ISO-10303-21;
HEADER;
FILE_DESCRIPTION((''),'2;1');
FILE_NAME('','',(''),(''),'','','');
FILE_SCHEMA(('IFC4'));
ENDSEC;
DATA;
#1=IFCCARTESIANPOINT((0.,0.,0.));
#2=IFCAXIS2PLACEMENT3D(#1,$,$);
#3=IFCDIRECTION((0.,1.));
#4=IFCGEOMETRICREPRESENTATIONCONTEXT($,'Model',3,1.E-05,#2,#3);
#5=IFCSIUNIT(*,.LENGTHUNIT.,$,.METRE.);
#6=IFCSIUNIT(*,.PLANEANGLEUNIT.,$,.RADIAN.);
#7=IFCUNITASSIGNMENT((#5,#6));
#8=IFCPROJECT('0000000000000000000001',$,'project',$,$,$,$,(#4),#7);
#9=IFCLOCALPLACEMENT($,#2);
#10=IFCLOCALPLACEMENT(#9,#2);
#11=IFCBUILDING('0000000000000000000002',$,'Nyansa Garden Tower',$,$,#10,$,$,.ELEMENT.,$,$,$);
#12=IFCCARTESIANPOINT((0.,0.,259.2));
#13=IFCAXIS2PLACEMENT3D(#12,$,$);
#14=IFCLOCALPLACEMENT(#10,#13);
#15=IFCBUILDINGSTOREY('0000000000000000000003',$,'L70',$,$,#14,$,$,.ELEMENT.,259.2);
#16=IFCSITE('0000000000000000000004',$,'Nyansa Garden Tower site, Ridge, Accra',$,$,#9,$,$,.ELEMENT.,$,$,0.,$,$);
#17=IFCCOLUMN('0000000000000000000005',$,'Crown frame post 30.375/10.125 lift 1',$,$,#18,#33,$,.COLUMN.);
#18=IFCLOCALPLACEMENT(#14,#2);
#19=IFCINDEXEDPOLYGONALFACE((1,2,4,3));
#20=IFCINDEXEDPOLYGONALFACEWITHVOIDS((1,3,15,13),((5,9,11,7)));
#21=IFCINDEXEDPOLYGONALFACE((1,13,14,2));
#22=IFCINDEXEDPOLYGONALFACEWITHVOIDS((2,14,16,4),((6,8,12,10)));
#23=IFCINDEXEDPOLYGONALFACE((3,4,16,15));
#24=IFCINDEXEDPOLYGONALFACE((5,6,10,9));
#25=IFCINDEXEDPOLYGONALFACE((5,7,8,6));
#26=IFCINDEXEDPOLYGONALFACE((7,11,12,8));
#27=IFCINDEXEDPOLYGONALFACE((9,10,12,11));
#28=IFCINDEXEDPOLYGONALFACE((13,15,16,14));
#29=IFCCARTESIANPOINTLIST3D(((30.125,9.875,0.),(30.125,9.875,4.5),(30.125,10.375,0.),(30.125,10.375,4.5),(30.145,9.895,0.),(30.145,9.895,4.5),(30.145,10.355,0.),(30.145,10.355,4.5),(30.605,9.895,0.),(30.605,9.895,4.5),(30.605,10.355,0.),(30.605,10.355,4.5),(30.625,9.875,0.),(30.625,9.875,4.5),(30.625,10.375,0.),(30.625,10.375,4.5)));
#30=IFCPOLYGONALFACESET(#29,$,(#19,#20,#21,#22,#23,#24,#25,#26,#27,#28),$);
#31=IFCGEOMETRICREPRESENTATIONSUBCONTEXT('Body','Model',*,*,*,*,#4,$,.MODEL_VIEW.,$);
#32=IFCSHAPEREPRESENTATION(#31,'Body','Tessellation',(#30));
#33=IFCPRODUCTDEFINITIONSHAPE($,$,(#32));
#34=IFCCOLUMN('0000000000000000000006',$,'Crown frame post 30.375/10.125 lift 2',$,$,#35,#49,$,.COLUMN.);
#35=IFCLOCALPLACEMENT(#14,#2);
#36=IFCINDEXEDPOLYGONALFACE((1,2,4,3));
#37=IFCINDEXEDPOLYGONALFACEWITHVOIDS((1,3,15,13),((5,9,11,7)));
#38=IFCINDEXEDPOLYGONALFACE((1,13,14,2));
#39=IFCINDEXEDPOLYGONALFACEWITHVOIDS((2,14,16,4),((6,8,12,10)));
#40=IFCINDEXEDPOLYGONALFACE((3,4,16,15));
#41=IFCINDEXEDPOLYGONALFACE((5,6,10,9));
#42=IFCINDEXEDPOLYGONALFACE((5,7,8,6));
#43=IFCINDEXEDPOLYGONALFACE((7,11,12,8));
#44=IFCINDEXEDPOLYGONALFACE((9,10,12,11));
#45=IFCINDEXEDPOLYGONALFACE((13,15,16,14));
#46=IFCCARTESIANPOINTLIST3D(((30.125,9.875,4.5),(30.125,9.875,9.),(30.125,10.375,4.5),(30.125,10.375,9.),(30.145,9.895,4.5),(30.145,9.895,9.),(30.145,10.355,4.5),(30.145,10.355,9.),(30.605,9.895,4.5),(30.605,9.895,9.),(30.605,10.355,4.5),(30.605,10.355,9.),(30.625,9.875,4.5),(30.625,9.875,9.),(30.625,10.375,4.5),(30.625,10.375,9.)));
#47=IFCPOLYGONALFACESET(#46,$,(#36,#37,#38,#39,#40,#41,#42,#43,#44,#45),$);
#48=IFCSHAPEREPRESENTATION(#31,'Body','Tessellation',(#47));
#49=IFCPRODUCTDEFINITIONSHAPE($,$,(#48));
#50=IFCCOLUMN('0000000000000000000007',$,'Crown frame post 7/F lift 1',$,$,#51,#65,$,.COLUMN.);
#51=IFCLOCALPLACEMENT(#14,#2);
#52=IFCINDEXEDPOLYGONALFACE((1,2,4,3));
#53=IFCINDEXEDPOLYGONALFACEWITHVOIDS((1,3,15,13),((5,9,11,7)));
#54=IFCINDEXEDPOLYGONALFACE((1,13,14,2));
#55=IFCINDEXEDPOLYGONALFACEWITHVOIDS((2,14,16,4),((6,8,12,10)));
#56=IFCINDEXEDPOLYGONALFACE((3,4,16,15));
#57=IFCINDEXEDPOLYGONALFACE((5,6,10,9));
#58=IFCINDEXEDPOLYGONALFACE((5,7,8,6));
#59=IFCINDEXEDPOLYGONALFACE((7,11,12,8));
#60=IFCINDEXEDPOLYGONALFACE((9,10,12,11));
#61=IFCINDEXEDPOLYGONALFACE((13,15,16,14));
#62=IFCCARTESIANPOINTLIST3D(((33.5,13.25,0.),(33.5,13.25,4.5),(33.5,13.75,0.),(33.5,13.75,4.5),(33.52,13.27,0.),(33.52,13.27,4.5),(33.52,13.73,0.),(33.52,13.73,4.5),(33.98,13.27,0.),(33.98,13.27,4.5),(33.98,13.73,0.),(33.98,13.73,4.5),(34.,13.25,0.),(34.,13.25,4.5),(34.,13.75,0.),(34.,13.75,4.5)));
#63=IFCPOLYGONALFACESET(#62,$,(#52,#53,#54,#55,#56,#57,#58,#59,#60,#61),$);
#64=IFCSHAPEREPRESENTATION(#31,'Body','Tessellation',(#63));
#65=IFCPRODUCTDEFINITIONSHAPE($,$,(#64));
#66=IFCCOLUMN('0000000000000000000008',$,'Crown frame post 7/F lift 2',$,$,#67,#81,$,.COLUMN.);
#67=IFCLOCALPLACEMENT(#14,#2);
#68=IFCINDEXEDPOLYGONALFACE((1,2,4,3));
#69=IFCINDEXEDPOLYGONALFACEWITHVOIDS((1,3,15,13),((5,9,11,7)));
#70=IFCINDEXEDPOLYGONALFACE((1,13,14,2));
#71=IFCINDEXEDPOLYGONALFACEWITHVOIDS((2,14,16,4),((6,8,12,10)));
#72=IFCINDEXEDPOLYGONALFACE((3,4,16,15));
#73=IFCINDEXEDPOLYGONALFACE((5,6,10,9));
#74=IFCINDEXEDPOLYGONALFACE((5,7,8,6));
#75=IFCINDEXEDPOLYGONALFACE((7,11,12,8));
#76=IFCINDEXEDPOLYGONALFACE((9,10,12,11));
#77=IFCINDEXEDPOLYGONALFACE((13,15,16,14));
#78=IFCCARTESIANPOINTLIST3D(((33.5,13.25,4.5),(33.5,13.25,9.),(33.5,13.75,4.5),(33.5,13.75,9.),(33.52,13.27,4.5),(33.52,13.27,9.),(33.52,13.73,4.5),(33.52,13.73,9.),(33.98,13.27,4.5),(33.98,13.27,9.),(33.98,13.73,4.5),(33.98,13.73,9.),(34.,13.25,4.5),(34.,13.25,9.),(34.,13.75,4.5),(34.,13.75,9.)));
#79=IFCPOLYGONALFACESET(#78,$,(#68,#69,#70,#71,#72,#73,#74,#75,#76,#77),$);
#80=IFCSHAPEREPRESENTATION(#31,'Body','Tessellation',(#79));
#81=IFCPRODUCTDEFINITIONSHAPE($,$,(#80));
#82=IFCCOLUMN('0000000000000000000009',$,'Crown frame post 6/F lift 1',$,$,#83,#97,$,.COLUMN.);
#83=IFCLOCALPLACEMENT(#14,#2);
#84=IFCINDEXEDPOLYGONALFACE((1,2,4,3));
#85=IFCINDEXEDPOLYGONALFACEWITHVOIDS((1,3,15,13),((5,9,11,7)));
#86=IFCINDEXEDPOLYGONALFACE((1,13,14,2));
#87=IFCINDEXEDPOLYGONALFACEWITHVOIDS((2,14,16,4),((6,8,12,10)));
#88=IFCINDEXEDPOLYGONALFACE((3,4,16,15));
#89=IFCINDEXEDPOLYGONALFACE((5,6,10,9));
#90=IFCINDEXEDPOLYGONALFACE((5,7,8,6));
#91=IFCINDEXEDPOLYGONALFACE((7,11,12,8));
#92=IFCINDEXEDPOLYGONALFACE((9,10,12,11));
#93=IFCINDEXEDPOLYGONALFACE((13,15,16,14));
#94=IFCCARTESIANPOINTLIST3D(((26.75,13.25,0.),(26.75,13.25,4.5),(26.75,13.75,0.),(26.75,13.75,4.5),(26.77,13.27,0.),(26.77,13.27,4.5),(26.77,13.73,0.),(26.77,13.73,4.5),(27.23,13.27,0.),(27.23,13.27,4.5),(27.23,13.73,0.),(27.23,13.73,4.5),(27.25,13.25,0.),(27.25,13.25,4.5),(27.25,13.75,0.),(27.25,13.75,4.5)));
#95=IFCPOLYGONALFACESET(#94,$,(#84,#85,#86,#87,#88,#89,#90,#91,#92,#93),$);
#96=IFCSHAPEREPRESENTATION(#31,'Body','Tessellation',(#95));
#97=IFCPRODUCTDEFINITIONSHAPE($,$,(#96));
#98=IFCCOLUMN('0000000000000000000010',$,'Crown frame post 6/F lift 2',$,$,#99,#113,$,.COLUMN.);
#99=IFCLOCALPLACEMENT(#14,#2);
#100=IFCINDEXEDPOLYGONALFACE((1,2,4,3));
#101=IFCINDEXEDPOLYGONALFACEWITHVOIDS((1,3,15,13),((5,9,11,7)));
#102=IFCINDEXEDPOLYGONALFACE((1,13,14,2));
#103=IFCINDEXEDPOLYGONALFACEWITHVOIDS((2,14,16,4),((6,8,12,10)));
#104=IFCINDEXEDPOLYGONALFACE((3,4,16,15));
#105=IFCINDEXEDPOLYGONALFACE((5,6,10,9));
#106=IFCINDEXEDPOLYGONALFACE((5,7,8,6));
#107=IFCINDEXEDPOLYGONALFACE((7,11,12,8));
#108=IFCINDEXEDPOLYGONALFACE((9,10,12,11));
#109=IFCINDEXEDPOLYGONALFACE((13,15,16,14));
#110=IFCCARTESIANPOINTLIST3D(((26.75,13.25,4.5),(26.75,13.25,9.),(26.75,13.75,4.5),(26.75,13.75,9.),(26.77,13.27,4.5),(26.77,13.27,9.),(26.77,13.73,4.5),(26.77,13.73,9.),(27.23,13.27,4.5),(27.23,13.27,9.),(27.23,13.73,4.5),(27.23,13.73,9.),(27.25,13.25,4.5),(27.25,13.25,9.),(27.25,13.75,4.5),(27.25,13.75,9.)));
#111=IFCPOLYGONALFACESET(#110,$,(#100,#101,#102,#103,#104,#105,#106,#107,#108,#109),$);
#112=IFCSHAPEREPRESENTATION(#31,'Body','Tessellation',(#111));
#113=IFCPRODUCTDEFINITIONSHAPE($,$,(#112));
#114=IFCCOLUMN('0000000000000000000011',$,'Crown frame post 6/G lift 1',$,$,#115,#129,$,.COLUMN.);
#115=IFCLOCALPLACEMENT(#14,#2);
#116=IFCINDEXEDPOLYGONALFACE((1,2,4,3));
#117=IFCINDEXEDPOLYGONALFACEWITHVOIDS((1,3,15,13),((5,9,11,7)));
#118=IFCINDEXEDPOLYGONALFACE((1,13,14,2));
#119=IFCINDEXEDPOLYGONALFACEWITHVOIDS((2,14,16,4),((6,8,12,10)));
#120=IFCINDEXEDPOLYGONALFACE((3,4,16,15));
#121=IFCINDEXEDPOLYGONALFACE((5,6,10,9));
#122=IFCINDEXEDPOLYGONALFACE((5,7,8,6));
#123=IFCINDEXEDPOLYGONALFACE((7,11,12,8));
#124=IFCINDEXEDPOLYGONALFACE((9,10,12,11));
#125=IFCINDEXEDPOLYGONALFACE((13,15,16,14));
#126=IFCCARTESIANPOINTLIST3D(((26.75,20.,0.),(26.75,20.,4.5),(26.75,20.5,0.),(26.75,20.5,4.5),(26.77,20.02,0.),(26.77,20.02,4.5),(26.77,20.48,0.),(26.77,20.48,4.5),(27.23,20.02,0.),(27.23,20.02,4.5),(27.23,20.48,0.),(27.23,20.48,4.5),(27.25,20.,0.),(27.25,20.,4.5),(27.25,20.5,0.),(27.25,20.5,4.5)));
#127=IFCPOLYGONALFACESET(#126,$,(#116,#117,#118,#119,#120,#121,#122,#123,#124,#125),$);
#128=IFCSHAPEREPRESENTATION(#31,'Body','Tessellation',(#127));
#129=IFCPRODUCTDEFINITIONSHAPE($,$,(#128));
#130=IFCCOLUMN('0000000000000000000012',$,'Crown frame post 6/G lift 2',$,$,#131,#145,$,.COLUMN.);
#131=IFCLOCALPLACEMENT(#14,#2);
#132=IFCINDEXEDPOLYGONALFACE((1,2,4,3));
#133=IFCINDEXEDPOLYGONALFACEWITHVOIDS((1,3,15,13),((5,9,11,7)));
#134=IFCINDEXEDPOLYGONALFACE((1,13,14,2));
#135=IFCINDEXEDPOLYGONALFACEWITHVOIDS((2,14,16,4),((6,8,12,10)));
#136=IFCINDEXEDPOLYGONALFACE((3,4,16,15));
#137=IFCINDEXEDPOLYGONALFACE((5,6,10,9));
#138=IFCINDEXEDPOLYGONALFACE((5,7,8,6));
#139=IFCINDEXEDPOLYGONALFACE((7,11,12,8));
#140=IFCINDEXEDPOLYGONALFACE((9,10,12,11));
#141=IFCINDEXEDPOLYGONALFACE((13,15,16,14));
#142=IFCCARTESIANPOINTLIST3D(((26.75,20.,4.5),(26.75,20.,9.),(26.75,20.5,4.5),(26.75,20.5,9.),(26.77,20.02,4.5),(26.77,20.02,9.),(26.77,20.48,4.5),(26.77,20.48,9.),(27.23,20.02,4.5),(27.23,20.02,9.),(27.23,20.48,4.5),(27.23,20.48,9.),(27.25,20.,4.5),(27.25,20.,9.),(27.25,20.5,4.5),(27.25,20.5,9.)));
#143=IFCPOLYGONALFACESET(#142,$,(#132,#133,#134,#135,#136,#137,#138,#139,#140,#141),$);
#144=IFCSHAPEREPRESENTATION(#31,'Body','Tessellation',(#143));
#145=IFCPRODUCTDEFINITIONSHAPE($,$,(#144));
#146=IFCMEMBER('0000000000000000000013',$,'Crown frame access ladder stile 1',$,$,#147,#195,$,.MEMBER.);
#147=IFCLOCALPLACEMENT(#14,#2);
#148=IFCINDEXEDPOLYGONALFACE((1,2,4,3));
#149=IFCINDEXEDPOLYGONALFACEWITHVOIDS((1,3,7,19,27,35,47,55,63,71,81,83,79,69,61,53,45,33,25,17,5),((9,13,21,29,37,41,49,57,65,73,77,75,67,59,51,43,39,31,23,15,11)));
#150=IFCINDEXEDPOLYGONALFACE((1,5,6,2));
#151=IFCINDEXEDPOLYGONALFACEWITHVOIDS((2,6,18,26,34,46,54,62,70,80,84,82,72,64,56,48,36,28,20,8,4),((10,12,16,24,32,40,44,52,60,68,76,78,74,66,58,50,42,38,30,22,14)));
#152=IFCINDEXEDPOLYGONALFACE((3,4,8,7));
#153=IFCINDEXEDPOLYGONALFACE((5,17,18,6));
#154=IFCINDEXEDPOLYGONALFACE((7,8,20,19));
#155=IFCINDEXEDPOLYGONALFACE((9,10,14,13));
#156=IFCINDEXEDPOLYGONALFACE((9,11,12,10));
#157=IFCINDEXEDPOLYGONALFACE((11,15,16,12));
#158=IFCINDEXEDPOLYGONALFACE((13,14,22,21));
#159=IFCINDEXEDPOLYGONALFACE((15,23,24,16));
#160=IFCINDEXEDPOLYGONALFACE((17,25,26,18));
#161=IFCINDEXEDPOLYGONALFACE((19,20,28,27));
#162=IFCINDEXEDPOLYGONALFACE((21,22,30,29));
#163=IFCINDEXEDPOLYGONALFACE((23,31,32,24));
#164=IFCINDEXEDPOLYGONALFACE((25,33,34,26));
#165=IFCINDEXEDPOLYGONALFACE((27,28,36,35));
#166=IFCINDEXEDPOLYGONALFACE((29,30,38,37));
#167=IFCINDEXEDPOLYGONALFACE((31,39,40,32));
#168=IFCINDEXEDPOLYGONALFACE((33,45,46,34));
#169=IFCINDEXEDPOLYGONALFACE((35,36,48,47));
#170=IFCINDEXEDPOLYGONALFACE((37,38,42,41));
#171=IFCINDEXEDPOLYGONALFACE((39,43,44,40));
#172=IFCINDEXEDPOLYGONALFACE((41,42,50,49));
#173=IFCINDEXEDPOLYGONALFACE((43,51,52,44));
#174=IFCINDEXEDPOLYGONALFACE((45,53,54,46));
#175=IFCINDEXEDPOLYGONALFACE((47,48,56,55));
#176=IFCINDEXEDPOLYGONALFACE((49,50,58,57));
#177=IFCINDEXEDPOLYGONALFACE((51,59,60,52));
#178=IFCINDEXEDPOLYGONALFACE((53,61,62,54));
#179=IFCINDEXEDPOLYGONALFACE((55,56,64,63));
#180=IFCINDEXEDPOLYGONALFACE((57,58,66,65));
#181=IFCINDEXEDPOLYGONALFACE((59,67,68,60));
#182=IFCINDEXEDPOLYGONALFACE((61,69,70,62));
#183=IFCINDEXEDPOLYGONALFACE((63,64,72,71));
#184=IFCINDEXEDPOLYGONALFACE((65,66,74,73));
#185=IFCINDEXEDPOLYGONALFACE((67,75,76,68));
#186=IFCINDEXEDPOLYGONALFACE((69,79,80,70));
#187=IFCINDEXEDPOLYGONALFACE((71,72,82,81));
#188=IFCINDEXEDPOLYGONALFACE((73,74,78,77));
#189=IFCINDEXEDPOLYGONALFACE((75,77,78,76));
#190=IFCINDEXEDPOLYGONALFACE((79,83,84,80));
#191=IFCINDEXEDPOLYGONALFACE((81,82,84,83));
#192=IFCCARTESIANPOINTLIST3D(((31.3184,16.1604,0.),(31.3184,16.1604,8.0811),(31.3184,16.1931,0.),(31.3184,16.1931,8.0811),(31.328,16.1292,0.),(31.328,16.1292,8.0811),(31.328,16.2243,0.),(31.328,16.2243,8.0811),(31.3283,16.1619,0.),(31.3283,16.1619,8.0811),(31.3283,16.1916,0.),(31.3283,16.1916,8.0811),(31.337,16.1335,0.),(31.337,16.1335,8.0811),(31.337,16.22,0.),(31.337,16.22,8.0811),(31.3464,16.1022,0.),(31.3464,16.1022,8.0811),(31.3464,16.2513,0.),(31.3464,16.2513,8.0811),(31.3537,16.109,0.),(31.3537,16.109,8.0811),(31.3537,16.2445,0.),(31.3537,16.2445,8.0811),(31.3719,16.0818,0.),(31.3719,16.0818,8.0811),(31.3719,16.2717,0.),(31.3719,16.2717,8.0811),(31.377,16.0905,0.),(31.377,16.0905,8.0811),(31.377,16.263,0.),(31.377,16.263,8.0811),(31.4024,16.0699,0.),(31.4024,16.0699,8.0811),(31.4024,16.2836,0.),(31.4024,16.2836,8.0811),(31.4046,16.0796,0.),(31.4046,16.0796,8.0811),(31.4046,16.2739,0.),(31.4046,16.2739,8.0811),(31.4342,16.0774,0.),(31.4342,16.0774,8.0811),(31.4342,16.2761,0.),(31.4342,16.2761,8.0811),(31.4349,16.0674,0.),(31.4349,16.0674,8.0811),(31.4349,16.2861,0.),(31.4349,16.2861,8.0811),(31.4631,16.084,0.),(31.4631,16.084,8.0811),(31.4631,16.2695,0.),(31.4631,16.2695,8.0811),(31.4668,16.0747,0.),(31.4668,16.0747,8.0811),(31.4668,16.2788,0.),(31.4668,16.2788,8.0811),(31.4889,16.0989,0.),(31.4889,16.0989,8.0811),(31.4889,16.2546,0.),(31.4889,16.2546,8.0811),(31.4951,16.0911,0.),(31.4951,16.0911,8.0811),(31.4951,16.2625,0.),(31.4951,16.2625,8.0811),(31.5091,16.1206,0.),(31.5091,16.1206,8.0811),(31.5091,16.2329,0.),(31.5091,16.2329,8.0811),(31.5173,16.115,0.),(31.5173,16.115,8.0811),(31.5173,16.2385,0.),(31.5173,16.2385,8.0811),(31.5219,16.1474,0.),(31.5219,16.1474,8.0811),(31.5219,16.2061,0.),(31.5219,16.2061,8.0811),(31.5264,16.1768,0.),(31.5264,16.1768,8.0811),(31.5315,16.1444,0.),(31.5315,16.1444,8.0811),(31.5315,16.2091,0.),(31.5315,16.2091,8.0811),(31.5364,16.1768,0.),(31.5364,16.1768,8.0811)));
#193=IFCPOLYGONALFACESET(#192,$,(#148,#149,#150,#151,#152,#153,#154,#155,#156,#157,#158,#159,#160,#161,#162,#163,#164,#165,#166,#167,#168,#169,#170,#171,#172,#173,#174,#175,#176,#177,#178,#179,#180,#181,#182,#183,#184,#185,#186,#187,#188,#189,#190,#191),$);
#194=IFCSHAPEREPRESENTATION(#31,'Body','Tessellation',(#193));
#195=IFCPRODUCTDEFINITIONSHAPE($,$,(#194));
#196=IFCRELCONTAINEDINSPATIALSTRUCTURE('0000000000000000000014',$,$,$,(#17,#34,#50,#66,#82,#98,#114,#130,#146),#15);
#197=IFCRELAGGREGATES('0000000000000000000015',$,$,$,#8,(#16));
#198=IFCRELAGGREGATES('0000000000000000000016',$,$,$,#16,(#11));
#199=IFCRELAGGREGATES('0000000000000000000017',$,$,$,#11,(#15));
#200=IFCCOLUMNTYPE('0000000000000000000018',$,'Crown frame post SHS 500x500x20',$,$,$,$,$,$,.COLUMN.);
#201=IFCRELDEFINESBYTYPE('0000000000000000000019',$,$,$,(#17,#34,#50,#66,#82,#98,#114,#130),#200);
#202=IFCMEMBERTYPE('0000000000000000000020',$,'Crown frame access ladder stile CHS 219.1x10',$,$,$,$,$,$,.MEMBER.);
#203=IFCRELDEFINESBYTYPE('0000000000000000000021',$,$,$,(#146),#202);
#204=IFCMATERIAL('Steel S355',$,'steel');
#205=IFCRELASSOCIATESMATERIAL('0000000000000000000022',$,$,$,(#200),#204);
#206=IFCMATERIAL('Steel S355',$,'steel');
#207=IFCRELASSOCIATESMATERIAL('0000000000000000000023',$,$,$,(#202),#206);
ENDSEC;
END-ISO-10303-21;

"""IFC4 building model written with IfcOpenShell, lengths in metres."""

from ifc_helpers import new_model, si_unit, direction, frame, origin, origin_2d, place, context, subcontext, project, spatial, hollow_rectangle, hollow_circle, extrude, material, material_profile, profile_set, type_object, element, save


model = new_model("IFC4")

# Units and contexts
model_context = context("Model", 3, precision=1e-05, world=origin(), true_north=direction((0.0, 1.0)))
body_context = subcontext(model_context, "Body", "Model", "MODEL_VIEW")
ifc_project = project(units=[si_unit("LENGTHUNIT", "METRE"), si_unit("PLANEANGLEUNIT", "RADIAN")], contexts=[model_context])

# Site, building, storey
site_placement = place(None, origin())
site = spatial("IfcSite", under=ifc_project, at=site_placement, Name="Nyansa Garden Tower site, Ridge, Accra", CompositionType="ELEMENT", RefElevation=0.0)
building_placement = place(site_placement, origin())
building = spatial("IfcBuilding", under=site, at=building_placement, Name="Nyansa Garden Tower", CompositionType="ELEMENT")
storey_placement = place(building_placement, frame((0.0, 0.0, 259.2)))
storey = spatial("IfcBuildingStorey", under=building, at=storey_placement, Name="L70", CompositionType="ELEMENT", Elevation=259.2)

# Columns
ifc_material_1 = material(Name="Steel S355", Category="steel")
ifc_material_profile_1 = material_profile(ifc_material_1, hollow_rectangle(XDim=0.5, YDim=0.5, WallThickness=0.02, at=origin_2d()), Name="SHS 500x500x20")
ifc_profile_set_1 = profile_set([ifc_material_profile_1], Name="Steel S355")
column_type = type_object("IfcColumnType", Name="Crown frame post SHS 500x500x20", PredefinedType="COLUMN", material=ifc_profile_set_1)
for number, where, z_axis, x_axis, name in (
    (1, (30.375, 10.125, 0.0), (0.0, 0.0, 1.0), (1.0, 0.0, 0.0), "Crown frame post 30.375/10.125 lift 1"),
    (2, (30.375, 10.125, 4.5), (0.0, 0.0, 1.0), (1.0, 0.0, 0.0), "Crown frame post 30.375/10.125 lift 2"),
    (3, (33.75, 13.5, 0.0), (0.0, 0.0, 1.0), (1.0, 0.0, 0.0), "Crown frame post 7/F lift 1"),
    (4, (33.75, 13.5, 4.5), (0.0, 0.0, 1.0), (1.0, 0.0, 0.0), "Crown frame post 7/F lift 2"),
    (5, (27.0, 13.5, 0.0), (0.0, 0.0, 1.0), (1.0, 0.0, 0.0), "Crown frame post 6/F lift 1"),
    (6, (27.0, 13.5, 4.5), (0.0, 0.0, 1.0), (1.0, 0.0, 0.0), "Crown frame post 6/F lift 2"),
    (7, (27.0, 20.25, 0.0), (0.0, 0.0, 1.0), (1.0, 0.0, 0.0), "Crown frame post 6/G lift 1"),
    (8, (27.0, 20.25, 4.5), (0.0, 0.0, 1.0), (1.0, 0.0, 0.0), "Crown frame post 6/G lift 2"),
):
    element("IfcColumn", number, at=place(storey_placement, frame(where, z_axis=z_axis, x_axis=x_axis)), inside=storey, type_object=column_type, Name=name, PredefinedType="COLUMN", context=body_context, shape_type="SweptSolid", body=[
        extrude(hollow_rectangle(XDim=0.5, YDim=0.5, WallThickness=0.02, at=origin_2d()), origin(), (0.0, 0.0, 1.0), 4.5),
    ])

# Member
ifc_material_2 = material(Name="Steel S355", Category="steel")
ifc_material_profile_2 = material_profile(ifc_material_2, hollow_circle(Radius=0.1096, WallThickness=0.01, at=origin_2d()), Name="CHS 219.1x10")
ifc_profile_set_2 = profile_set([ifc_material_profile_2], Name="Steel S355")
member_type_1 = type_object("IfcMemberType", Name="Crown frame access ladder stile CHS 219.1x10", PredefinedType="MEMBER", material=ifc_profile_set_2)
for number, where, z_axis, x_axis, name in (
    (9, (31.4268, 16.1768, 0.0), (0.0, 0.0, 1.0), (1.0, 0.0, 0.0), "Crown frame access ladder stile 1"),
):
    element("IfcMember", number, at=place(storey_placement, frame(where, z_axis=z_axis, x_axis=x_axis)), inside=storey, type_object=member_type_1, Name=name, PredefinedType="MEMBER", context=body_context, shape_type="SweptSolid", body=[
        extrude(hollow_circle(Radius=0.1096, WallThickness=0.01, at=origin_2d()), origin(), (0.0, 0.0, 1.0), 8.0811),
    ])

save(model, "model.ifc")
